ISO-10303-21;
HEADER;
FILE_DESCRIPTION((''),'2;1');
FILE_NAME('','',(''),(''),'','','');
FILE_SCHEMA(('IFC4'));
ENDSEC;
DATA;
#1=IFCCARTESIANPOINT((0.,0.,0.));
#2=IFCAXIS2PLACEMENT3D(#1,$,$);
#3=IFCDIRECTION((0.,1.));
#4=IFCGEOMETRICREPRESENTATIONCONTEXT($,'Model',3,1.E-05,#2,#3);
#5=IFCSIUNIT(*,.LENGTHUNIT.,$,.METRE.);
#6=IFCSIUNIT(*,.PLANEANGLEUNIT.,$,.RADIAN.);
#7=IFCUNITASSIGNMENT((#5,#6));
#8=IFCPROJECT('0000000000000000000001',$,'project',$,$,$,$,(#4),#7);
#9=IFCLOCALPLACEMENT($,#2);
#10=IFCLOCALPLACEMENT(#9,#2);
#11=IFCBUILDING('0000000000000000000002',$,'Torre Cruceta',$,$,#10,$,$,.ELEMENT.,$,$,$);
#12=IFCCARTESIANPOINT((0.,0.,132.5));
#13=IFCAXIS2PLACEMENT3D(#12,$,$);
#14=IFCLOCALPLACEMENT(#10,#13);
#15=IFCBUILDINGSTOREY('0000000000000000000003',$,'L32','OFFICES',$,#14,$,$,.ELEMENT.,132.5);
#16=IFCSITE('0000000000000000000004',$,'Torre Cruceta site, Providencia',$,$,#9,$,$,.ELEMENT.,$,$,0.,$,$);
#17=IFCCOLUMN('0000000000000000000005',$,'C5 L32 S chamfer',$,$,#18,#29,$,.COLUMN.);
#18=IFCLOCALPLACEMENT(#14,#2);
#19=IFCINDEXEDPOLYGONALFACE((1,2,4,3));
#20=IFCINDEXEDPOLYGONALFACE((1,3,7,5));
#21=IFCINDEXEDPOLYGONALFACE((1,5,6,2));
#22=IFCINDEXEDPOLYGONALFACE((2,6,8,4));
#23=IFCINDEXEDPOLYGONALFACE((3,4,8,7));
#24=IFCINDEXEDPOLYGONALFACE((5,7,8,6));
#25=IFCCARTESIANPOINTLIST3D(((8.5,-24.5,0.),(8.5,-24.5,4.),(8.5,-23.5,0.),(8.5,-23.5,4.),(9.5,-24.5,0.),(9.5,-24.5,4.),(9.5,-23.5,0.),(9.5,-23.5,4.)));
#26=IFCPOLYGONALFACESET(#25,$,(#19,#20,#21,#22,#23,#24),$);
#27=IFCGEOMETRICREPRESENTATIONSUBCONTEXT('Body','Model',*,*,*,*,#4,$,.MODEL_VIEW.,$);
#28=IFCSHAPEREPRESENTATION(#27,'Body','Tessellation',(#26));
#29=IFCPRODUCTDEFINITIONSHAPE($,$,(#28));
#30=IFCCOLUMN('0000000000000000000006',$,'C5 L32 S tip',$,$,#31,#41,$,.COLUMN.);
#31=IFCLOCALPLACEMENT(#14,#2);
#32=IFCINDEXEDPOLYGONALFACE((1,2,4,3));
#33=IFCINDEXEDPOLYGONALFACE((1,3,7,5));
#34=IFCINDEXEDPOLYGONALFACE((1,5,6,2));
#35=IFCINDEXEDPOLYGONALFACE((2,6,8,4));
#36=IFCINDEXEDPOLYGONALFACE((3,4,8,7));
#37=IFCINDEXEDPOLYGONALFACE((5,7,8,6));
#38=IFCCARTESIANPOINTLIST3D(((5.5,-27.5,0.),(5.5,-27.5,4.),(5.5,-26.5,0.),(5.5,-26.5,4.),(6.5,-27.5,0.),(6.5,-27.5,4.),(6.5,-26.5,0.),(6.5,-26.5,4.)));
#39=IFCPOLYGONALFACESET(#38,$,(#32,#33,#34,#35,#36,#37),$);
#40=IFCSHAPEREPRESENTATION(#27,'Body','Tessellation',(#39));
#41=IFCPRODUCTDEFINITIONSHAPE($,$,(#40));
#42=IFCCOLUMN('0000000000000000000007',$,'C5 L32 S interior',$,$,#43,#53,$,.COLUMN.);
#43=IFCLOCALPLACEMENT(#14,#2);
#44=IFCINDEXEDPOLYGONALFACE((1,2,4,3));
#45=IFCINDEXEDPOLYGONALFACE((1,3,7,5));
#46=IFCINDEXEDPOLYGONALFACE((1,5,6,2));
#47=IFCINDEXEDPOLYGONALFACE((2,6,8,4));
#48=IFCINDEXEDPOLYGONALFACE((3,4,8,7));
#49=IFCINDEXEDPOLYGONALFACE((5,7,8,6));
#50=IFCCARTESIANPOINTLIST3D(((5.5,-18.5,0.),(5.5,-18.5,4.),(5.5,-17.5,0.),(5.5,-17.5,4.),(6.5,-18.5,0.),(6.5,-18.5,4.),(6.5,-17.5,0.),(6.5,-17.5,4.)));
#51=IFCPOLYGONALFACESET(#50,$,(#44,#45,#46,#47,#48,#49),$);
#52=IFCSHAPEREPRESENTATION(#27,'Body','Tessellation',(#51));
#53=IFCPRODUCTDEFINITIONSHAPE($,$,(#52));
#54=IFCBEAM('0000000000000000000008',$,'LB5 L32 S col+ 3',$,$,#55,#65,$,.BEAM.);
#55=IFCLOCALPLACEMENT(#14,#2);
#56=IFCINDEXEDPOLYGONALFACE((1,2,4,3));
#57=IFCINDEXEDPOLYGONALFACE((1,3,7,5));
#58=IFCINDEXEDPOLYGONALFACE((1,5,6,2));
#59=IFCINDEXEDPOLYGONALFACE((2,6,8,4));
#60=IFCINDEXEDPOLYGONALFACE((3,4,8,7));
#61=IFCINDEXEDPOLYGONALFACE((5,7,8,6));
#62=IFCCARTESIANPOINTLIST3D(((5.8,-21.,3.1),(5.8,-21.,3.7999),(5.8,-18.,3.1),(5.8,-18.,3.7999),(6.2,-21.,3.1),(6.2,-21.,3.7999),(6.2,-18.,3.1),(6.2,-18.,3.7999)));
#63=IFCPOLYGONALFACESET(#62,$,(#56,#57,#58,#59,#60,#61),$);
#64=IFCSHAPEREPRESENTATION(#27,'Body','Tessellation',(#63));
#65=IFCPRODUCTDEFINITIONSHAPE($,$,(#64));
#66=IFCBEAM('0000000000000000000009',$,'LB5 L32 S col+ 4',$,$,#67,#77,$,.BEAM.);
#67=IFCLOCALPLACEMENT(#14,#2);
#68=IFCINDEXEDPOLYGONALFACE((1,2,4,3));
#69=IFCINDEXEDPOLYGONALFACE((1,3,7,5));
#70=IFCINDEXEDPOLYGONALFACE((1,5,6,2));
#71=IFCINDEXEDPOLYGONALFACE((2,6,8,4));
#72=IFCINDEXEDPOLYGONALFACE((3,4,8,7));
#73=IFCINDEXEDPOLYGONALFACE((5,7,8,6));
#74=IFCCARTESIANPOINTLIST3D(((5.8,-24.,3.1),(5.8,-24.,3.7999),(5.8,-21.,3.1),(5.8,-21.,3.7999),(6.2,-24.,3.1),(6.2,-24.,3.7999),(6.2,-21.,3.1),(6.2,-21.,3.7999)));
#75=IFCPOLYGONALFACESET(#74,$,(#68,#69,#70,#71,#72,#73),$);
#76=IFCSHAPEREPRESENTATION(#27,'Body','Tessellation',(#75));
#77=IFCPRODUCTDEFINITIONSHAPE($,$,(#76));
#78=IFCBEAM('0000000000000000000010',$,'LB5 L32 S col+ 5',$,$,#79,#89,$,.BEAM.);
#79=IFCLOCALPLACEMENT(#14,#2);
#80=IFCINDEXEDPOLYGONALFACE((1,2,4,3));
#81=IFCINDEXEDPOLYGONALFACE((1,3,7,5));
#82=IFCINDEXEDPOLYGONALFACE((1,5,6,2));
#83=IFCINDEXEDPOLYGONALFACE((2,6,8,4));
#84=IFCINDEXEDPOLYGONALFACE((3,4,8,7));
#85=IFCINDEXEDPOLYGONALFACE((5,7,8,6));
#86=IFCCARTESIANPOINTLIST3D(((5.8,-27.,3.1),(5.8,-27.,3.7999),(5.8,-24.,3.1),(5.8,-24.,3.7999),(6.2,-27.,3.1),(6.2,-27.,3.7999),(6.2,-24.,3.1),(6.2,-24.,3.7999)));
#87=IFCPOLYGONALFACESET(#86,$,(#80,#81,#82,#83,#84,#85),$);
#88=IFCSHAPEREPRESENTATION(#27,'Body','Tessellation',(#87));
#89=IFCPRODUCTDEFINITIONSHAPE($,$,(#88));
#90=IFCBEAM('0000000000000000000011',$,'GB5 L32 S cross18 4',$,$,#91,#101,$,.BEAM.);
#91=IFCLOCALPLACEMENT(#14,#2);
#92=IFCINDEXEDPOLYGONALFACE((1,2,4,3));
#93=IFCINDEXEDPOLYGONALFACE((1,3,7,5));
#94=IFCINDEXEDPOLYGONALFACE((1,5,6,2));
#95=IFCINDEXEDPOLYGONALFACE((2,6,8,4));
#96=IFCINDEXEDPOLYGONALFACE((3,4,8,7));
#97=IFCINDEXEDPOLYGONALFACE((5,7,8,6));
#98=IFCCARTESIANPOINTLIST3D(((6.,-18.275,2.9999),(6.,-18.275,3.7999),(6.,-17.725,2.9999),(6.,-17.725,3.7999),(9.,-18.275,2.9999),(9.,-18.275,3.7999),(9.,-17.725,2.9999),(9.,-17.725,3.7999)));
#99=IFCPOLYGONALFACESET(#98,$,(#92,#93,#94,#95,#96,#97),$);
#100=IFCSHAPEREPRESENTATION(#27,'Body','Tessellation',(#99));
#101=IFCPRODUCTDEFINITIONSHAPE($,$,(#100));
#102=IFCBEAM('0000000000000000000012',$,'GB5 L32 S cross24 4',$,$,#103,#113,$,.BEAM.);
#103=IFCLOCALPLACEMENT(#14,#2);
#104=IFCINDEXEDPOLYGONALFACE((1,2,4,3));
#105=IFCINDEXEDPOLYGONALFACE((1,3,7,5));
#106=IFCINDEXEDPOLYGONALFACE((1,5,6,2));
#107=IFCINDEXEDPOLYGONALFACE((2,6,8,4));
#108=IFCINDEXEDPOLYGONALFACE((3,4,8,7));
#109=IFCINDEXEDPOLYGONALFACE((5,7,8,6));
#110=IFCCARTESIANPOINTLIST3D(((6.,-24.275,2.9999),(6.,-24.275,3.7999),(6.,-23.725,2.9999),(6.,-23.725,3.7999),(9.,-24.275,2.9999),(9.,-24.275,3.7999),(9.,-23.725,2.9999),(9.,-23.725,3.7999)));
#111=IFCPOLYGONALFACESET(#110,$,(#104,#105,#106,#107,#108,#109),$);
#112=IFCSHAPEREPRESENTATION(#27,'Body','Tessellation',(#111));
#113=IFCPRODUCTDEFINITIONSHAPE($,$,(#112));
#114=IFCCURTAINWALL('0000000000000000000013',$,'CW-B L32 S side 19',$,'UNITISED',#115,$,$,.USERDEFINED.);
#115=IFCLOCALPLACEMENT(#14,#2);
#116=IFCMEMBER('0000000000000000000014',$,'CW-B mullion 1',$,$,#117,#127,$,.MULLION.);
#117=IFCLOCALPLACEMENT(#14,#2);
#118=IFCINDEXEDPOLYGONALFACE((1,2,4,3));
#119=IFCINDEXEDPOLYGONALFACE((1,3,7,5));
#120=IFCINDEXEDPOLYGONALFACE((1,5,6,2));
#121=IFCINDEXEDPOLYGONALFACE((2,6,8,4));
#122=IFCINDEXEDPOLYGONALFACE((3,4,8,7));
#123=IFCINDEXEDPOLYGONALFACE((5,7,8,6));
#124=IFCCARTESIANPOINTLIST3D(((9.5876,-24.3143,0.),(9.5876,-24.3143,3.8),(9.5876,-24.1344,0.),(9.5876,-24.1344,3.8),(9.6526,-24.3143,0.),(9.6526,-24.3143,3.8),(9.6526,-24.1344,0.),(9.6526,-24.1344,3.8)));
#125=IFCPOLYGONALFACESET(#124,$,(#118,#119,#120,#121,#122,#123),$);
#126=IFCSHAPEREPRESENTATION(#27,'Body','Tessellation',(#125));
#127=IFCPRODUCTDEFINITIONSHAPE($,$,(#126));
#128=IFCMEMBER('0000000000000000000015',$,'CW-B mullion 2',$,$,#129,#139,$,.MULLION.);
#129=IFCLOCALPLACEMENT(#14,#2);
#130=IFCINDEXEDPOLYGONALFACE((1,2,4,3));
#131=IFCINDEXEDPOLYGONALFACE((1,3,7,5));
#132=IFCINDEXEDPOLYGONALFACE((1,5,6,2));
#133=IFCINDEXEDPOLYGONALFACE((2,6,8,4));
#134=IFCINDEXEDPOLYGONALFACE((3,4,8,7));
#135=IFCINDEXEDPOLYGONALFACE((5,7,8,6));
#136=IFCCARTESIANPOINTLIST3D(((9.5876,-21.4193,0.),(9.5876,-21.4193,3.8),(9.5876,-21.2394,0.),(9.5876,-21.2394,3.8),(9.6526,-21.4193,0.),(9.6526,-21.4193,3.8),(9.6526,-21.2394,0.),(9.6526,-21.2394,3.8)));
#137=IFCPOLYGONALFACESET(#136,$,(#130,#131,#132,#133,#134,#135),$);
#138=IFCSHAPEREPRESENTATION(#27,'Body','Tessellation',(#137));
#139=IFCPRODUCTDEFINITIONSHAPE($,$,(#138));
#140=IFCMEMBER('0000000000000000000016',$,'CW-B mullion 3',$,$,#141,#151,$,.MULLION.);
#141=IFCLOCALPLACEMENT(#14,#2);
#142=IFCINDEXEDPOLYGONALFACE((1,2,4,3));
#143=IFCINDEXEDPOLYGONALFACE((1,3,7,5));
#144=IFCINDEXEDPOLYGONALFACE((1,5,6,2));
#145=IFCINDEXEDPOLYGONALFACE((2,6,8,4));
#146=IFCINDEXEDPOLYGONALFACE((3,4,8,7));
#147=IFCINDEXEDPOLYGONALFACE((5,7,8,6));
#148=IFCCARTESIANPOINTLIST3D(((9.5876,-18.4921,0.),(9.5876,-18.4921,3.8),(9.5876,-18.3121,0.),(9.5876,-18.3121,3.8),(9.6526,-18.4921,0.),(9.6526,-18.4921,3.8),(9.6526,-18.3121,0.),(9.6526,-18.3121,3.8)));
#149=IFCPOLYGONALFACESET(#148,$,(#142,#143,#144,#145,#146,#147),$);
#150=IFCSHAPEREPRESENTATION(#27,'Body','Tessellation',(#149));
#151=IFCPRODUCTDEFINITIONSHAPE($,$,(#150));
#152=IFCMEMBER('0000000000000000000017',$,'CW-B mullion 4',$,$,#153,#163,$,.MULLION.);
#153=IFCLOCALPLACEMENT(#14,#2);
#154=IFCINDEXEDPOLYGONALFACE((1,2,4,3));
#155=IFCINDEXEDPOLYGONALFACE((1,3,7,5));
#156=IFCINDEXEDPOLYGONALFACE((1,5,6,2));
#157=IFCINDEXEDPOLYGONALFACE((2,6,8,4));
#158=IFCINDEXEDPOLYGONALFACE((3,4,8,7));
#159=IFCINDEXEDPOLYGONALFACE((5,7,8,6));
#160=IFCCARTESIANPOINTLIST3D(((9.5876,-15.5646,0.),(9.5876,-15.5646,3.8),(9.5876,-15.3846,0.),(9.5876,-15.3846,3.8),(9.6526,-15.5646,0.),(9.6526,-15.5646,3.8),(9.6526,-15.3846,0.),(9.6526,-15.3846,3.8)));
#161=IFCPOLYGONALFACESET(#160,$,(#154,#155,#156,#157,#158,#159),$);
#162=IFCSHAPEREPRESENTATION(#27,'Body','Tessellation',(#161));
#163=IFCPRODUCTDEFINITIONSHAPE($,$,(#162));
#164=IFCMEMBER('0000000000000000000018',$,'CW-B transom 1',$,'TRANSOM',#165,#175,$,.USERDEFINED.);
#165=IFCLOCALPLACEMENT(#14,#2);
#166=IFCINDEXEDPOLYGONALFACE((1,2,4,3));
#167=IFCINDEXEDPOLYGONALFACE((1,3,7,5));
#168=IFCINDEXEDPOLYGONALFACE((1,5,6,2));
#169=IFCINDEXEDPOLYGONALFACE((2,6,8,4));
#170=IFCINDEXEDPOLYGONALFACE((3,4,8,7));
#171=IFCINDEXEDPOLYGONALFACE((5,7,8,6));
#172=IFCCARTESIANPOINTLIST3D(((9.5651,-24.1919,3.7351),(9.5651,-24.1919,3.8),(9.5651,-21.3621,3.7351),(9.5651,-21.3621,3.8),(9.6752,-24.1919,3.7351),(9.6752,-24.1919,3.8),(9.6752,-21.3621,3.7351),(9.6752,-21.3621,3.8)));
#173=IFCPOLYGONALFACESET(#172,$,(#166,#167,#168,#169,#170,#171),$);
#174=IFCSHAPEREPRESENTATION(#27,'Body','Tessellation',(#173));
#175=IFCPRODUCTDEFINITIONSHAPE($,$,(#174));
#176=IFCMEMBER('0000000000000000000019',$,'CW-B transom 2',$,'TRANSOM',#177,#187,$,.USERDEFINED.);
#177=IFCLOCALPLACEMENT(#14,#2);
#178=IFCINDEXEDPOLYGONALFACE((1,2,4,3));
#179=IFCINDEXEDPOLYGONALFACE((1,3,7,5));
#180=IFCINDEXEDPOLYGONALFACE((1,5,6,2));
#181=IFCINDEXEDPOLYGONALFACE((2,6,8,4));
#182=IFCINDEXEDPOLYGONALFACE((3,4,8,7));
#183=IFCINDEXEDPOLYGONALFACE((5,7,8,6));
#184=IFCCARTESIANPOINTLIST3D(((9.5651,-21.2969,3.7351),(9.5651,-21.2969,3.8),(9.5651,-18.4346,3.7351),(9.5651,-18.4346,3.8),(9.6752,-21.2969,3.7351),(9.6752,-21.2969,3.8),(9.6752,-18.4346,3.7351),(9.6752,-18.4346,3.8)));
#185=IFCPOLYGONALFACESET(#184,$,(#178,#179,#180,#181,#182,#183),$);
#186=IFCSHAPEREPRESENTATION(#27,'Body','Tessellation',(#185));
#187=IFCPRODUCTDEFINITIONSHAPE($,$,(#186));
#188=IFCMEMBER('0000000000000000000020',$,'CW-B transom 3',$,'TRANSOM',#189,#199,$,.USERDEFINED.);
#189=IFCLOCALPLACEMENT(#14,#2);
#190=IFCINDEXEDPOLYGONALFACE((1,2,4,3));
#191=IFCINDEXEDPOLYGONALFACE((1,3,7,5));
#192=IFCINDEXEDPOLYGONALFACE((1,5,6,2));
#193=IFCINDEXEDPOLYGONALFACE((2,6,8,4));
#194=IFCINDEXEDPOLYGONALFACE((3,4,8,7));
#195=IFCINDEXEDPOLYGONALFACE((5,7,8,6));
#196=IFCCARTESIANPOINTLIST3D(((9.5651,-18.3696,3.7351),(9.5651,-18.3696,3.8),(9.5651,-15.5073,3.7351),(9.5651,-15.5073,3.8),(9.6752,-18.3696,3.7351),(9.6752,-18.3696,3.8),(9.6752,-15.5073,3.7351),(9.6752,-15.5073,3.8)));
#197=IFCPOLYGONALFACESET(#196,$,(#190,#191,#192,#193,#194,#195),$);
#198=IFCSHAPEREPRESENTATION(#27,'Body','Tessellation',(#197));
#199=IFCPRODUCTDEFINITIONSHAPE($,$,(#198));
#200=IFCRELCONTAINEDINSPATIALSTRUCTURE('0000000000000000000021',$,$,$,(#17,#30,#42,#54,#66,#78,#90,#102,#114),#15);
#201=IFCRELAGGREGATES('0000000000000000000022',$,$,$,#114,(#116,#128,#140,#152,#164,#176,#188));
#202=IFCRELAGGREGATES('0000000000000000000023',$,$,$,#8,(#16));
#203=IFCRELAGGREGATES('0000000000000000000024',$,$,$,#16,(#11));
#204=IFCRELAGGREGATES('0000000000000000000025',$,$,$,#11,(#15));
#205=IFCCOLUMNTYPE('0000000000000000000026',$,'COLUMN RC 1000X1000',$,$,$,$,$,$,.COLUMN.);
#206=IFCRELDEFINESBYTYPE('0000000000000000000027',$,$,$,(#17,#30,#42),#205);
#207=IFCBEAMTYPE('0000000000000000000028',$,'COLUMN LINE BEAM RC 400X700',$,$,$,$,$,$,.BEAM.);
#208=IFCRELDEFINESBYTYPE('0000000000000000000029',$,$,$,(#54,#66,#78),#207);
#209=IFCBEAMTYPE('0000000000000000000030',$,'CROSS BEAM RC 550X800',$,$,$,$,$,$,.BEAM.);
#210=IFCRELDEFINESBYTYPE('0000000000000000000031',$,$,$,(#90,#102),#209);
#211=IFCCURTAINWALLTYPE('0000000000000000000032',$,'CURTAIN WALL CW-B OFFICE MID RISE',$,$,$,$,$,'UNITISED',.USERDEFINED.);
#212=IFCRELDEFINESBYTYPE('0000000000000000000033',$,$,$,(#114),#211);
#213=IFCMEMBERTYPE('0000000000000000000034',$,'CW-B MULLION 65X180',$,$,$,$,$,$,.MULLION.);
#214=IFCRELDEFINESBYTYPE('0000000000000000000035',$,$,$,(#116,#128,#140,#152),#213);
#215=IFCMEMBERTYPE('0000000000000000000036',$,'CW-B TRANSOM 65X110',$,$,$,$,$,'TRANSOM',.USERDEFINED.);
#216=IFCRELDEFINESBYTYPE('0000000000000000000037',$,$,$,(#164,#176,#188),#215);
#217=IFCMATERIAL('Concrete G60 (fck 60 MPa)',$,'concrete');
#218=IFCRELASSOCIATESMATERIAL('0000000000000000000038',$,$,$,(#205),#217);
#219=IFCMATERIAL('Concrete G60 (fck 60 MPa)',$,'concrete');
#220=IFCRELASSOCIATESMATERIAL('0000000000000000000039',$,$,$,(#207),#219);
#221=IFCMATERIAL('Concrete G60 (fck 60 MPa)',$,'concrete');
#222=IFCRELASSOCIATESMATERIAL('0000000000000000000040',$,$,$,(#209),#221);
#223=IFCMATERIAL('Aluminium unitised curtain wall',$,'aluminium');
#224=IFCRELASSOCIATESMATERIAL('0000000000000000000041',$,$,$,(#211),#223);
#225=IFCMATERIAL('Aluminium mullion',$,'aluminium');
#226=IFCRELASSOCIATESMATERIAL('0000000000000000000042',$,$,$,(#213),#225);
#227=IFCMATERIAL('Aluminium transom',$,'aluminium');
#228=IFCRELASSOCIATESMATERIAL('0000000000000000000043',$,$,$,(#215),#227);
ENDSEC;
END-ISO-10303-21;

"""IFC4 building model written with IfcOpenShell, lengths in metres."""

from ifc_helpers import new_model, si_unit, direction, frame, origin, origin_2d, place, context, subcontext, project, spatial, rectangle, extrude, material, material_profile, profile_set, type_object, element, aggregate, save


model = new_model("IFC4")

# Units and contexts
model_context = context("Model", 3, precision=1e-05, world=origin(), true_north=direction((0.0, 1.0)))
body_context = subcontext(model_context, "Body", "Model", "MODEL_VIEW")
ifc_project = project(units=[si_unit("LENGTHUNIT", "METRE"), si_unit("PLANEANGLEUNIT", "RADIAN")], contexts=[model_context])

# Site, building, storey
site_placement = place(None, origin())
site = spatial("IfcSite", under=ifc_project, at=site_placement, Name="Torre Cruceta site, Providencia", CompositionType="ELEMENT", RefElevation=0.0)
building_placement = place(site_placement, origin())
building = spatial("IfcBuilding", under=site, at=building_placement, Name="Torre Cruceta", CompositionType="ELEMENT")
storey_placement = place(building_placement, frame((0.0, 0.0, 132.5)))
storey = spatial("IfcBuildingStorey", under=building, at=storey_placement, Name="L32", Description="OFFICES", CompositionType="ELEMENT", Elevation=132.5)

# Columns
ifc_material_1 = material(Name="Concrete G60 (fck 60 MPa)", Category="concrete")
ifc_material_profile_1 = material_profile(ifc_material_1, rectangle(XDim=1.0, YDim=1.0, at=origin_2d()), Name="RC 1000X1000")
ifc_profile_set_1 = profile_set([ifc_material_profile_1], Name="Concrete G60 (fck 60 MPa)")
column_type = type_object("IfcColumnType", Name="COLUMN RC 1000X1000", PredefinedType="COLUMN", material=ifc_profile_set_1)
for number, where, z_axis, x_axis, name in (
    (1, (9.0, -24.0, 0.0), (0.0, 0.0, 1.0), (1.0, 0.0, 0.0), "C5 L32 S chamfer"),
    (2, (6.0, -27.0, 0.0), (0.0, 0.0, 1.0), (1.0, 0.0, 0.0), "C5 L32 S tip"),
    (3, (6.0, -18.0, 0.0), (0.0, 0.0, 1.0), (1.0, 0.0, 0.0), "C5 L32 S interior"),
):
    element("IfcColumn", number, at=place(storey_placement, frame(where, z_axis=z_axis, x_axis=x_axis)), inside=storey, type_object=column_type, Name=name, PredefinedType="COLUMN", context=body_context, shape_type="SweptSolid", body=[
        extrude(rectangle(XDim=1.0, YDim=1.0, at=origin_2d()), origin(), (0.0, 0.0, 1.0), 4.0),
    ])

# Beams
ifc_material_2 = material(Name="Concrete G60 (fck 60 MPa)", Category="concrete")
ifc_material_profile_2 = material_profile(ifc_material_2, rectangle(XDim=0.3999, YDim=0.7, at=origin_2d()), Name="RC 400X700")
ifc_profile_set_2 = profile_set([ifc_material_profile_2], Name="Concrete G60 (fck 60 MPa)")
beam_type_1 = type_object("IfcBeamType", Name="COLUMN LINE BEAM RC 400X700", PredefinedType="BEAM", material=ifc_profile_set_2)
for number, where, z_axis, x_axis, name in (
    (4, (6.0, -18.0, 3.45), (0.0, -1.0, 0.0), (1.0, 0.0, 0.0), "LB5 L32 S col+ 3"),
    (5, (6.0, -21.0, 3.45), (0.0, -1.0, 0.0), (1.0, 0.0, 0.0), "LB5 L32 S col+ 4"),
    (6, (6.0, -24.0, 3.45), (0.0, -1.0, 0.0), (1.0, 0.0, 0.0), "LB5 L32 S col+ 5"),
):
    element("IfcBeam", number, at=place(storey_placement, frame(where, z_axis=z_axis, x_axis=x_axis)), inside=storey, type_object=beam_type_1, Name=name, PredefinedType="BEAM", context=body_context, shape_type="SweptSolid", body=[
        extrude(rectangle(XDim=0.3999, YDim=0.7, at=origin_2d()), origin(), (0.0, 0.0, 1.0), 3.0),
    ])
ifc_material_3 = material(Name="Concrete G60 (fck 60 MPa)", Category="concrete")
ifc_material_profile_3 = material_profile(ifc_material_3, rectangle(XDim=0.55, YDim=0.8, at=origin_2d()), Name="RC 550X800")
ifc_profile_set_3 = profile_set([ifc_material_profile_3], Name="Concrete G60 (fck 60 MPa)")
beam_type_2 = type_object("IfcBeamType", Name="CROSS BEAM RC 550X800", PredefinedType="BEAM", material=ifc_profile_set_3)
for number, where, z_axis, x_axis, name in (
    (7, (6.0, -18.0, 3.3999), (1.0, 0.0, 0.0), (0.0, 1.0, 0.0), "GB5 L32 S cross18 4"),
    (8, (6.0, -24.0, 3.3999), (1.0, 0.0, 0.0), (0.0, 1.0, 0.0), "GB5 L32 S cross24 4"),
):
    element("IfcBeam", number, at=place(storey_placement, frame(where, z_axis=z_axis, x_axis=x_axis)), inside=storey, type_object=beam_type_2, Name=name, PredefinedType="BEAM", context=body_context, shape_type="SweptSolid", body=[
        extrude(rectangle(XDim=0.55, YDim=0.8, at=origin_2d()), origin(), (0.0, 0.0, 1.0), 3.0),
    ])

# Curtain wall, members
ifc_material_4 = material(Name="Aluminium unitised curtain wall", Category="aluminium")
curtain_wall_type = type_object("IfcCurtainWallType", Name="CURTAIN WALL CW-B OFFICE MID RISE", ElementType="UNITISED", PredefinedType="USERDEFINED", material=ifc_material_4)
curtain_wall_placement = place(storey_placement, origin())
curtain_wall = element("IfcCurtainWall", 9, at=curtain_wall_placement, inside=storey, type_object=curtain_wall_type, Name="CW-B L32 S side 19", ObjectType="UNITISED", PredefinedType="USERDEFINED")
ifc_material_5 = material(Name="Aluminium mullion", Category="aluminium")
ifc_material_profile_4 = material_profile(ifc_material_5, rectangle(XDim=0.0649, YDim=0.1799, at=origin_2d()), Name="AL 65X180")
ifc_profile_set_4 = profile_set([ifc_material_profile_4], Name="Aluminium mullion")
member_type_1 = type_object("IfcMemberType", Name="CW-B MULLION 65X180", PredefinedType="MULLION", material=ifc_profile_set_4)
member_1_placement = place(storey_placement, frame((9.6201, -24.2244, 0.0), z_axis=(0.0, 0.0, 1.0), x_axis=(-1.0, 0.0, 0.0)))
member_1 = element("IfcMember", 10, at=member_1_placement, type_object=member_type_1, Name="CW-B mullion 1", PredefinedType="MULLION", context=body_context, shape_type="SweptSolid", body=[
    extrude(rectangle(XDim=0.0649, YDim=0.1799, at=origin_2d()), origin(), (0.0, 0.0, 1.0), 3.8),
])
member_2_placement = place(storey_placement, frame((9.6201, -21.3293, 0.0), z_axis=(0.0, 0.0, 1.0), x_axis=(-1.0, 0.0, 0.0)))
member_2 = element("IfcMember", 11, at=member_2_placement, type_object=member_type_1, Name="CW-B mullion 2", PredefinedType="MULLION", context=body_context, shape_type="SweptSolid", body=[
    extrude(rectangle(XDim=0.0649, YDim=0.1799, at=origin_2d()), origin(), (0.0, 0.0, 1.0), 3.8),
])
member_3_placement = place(storey_placement, frame((9.6201, -18.4021, 0.0), z_axis=(0.0, 0.0, 1.0), x_axis=(-1.0, 0.0, 0.0)))
member_3 = element("IfcMember", 12, at=member_3_placement, type_object=member_type_1, Name="CW-B mullion 3", PredefinedType="MULLION", context=body_context, shape_type="SweptSolid", body=[
    extrude(rectangle(XDim=0.0649, YDim=0.1799, at=origin_2d()), origin(), (0.0, 0.0, 1.0), 3.8),
])
member_4_placement = place(storey_placement, frame((9.6201, -15.4746, 0.0), z_axis=(0.0, 0.0, 1.0), x_axis=(-1.0, 0.0, 0.0)))
member_4 = element("IfcMember", 13, at=member_4_placement, type_object=member_type_1, Name="CW-B mullion 4", PredefinedType="MULLION", context=body_context, shape_type="SweptSolid", body=[
    extrude(rectangle(XDim=0.0649, YDim=0.1799, at=origin_2d()), origin(), (0.0, 0.0, 1.0), 3.8),
])
ifc_material_6 = material(Name="Aluminium transom", Category="aluminium")
ifc_material_profile_5 = material_profile(ifc_material_6, rectangle(XDim=0.1101, YDim=0.0649, at=origin_2d()), Name="AL 110X65")
ifc_profile_set_5 = profile_set([ifc_material_profile_5], Name="Aluminium transom")
member_type_2 = type_object("IfcMemberType", Name="CW-B TRANSOM 65X110", ElementType="TRANSOM", PredefinedType="USERDEFINED", material=ifc_profile_set_5)
member_5_placement = place(storey_placement, frame((9.6201, -24.1919, 3.7676), z_axis=(0.0, 1.0, 0.0), x_axis=(-1.0, 0.0, 0.0)))
member_5 = element("IfcMember", 14, at=member_5_placement, type_object=member_type_2, Name="CW-B transom 1", ObjectType="TRANSOM", PredefinedType="USERDEFINED", context=body_context, shape_type="SweptSolid", body=[
    extrude(rectangle(XDim=0.1101, YDim=0.0649, at=origin_2d()), origin(), (0.0, 0.0, 1.0), 2.8298),
])
member_6_placement = place(storey_placement, frame((9.6201, -21.2969, 3.7676), z_axis=(0.0, 1.0, 0.0), x_axis=(-1.0, 0.0, 0.0)))
member_6 = element("IfcMember", 15, at=member_6_placement, type_object=member_type_2, Name="CW-B transom 2", ObjectType="TRANSOM", PredefinedType="USERDEFINED", context=body_context, shape_type="SweptSolid", body=[
    extrude(rectangle(XDim=0.1101, YDim=0.0649, at=origin_2d()), origin(), (0.0, 0.0, 1.0), 2.8623),
])
member_7_placement = place(storey_placement, frame((9.6201, -18.3696, 3.7676), z_axis=(0.0, 1.0, 0.0), x_axis=(-1.0, 0.0, 0.0)))
member_7 = element("IfcMember", 16, at=member_7_placement, type_object=member_type_2, Name="CW-B transom 3", ObjectType="TRANSOM", PredefinedType="USERDEFINED", context=body_context, shape_type="SweptSolid", body=[
    extrude(rectangle(XDim=0.1101, YDim=0.0649, at=origin_2d()), origin(), (0.0, 0.0, 1.0), 2.8623),
])

aggregate(curtain_wall, [member_1, member_2, member_3, member_4, member_5, member_6, member_7])

save(model, "model.ifc")
